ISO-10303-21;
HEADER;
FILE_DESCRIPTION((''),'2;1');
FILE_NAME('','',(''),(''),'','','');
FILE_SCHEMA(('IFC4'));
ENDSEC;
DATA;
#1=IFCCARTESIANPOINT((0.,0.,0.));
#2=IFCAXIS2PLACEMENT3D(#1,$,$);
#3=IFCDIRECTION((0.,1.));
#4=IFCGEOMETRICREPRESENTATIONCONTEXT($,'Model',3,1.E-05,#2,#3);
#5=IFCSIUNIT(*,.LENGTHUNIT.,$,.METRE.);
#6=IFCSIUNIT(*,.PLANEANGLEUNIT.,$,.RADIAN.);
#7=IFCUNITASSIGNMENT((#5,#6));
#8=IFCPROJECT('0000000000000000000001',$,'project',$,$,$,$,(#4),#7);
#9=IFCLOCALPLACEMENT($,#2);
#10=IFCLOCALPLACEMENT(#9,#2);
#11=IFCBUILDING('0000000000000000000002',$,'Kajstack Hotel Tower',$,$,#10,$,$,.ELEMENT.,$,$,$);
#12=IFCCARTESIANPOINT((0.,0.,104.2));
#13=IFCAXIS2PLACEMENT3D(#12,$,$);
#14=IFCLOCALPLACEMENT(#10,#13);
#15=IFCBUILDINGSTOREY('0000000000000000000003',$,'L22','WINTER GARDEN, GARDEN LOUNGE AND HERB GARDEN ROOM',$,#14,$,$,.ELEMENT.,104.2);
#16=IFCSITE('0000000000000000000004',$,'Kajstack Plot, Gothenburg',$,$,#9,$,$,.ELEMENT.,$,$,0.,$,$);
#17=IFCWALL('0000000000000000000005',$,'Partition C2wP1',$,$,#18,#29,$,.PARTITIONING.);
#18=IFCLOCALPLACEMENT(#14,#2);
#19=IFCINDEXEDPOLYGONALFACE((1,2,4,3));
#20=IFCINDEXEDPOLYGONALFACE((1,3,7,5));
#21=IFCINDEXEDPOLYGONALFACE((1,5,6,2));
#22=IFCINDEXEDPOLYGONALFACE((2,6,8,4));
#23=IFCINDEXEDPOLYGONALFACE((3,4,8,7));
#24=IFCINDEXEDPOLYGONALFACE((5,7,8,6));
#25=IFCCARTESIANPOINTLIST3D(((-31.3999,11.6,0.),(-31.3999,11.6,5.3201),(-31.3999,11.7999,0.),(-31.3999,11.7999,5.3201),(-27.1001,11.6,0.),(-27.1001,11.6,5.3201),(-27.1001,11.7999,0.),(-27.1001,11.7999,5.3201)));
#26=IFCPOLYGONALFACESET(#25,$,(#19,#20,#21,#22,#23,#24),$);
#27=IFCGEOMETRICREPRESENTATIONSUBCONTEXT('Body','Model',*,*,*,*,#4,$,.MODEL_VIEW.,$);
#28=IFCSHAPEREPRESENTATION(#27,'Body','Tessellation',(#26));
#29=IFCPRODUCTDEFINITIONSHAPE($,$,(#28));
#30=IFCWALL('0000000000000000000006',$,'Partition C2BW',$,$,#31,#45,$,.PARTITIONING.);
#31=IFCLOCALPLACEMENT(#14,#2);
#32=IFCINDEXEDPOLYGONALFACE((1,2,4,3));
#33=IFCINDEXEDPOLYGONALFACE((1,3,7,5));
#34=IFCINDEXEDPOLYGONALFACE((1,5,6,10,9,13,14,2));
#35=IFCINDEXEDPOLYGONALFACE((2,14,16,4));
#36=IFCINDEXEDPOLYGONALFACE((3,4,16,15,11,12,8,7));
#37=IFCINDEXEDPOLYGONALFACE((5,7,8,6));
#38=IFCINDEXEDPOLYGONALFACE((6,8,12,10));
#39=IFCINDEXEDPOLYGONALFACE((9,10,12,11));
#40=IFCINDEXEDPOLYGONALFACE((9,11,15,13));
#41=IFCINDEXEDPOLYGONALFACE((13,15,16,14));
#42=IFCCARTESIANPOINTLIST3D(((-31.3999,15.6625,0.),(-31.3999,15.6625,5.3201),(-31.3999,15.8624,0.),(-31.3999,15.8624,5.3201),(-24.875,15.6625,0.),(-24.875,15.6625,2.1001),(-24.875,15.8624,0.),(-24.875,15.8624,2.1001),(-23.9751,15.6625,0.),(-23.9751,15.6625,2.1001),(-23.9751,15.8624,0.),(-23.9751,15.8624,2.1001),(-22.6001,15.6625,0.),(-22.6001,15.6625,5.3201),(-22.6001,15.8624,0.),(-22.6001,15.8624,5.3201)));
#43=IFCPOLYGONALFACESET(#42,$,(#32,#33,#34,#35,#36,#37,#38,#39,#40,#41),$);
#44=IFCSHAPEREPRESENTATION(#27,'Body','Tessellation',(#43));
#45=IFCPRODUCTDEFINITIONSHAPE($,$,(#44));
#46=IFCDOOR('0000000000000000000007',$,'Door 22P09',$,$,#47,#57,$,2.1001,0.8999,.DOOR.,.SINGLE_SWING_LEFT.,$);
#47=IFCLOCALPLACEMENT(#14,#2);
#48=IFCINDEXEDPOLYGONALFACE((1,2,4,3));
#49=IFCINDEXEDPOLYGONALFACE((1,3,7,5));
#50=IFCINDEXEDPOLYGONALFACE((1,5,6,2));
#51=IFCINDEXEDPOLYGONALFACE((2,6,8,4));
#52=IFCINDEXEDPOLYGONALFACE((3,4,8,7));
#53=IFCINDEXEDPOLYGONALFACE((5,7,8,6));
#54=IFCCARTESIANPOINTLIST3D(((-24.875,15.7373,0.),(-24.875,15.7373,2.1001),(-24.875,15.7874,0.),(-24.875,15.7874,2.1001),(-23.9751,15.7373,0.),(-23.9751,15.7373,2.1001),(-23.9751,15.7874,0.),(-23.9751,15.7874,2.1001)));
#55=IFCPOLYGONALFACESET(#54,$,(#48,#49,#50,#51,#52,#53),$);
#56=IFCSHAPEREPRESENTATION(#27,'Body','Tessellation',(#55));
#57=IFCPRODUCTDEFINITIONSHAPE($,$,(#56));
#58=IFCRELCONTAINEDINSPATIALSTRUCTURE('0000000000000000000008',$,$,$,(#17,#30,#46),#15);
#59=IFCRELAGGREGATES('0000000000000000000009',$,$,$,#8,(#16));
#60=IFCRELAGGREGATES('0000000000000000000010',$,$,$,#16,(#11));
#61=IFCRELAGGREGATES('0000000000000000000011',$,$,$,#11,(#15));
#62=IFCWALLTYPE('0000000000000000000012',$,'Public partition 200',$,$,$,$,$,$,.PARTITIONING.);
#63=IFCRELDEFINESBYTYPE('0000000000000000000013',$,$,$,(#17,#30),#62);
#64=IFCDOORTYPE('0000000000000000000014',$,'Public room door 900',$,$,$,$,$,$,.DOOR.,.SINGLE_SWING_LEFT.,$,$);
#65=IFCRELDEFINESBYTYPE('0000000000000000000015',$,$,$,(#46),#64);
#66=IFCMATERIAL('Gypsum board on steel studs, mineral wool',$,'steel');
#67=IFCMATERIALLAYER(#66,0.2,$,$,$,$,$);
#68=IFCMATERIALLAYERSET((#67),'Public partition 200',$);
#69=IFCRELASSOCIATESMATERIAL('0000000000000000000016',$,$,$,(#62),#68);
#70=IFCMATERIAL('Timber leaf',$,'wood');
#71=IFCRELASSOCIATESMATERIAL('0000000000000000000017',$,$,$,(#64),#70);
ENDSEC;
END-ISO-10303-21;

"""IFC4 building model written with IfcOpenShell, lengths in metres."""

from ifc_helpers import new_model, si_unit, direction, frame, frame_2d, origin, place, context, subcontext, project, spatial, rectangle, extrude, material, layer, layer_set, type_object, element, fill, save


model = new_model("IFC4")

# Units and contexts
model_context = context("Model", 3, precision=1e-05, world=origin(), true_north=direction((0.0, 1.0)))
body_context = subcontext(model_context, "Body", "Model", "MODEL_VIEW")
ifc_project = project(units=[si_unit("LENGTHUNIT", "METRE"), si_unit("PLANEANGLEUNIT", "RADIAN")], contexts=[model_context])

# Site, building, storey
site_placement = place(None, origin())
site = spatial("IfcSite", under=ifc_project, at=site_placement, Name="Kajstack Plot, Gothenburg", CompositionType="ELEMENT", RefElevation=0.0)
building_placement = place(site_placement, origin())
building = spatial("IfcBuilding", under=site, at=building_placement, Name="Kajstack Hotel Tower", CompositionType="ELEMENT")
storey_placement = place(building_placement, frame((0.0, 0.0, 104.2)))
storey = spatial("IfcBuildingStorey", under=building, at=storey_placement, Name="L22", Description="WINTER GARDEN, GARDEN LOUNGE AND HERB GARDEN ROOM", CompositionType="ELEMENT", Elevation=104.2)

# Wall
ifc_material_1 = material(Name="Gypsum board on steel studs, mineral wool", Category="steel")
ifc_layer_1 = layer(ifc_material_1, 0.2)
ifc_layer_set_1 = layer_set([ifc_layer_1], Name="Public partition 200")
wall_type_1 = type_object("IfcWallType", Name="Public partition 200", PredefinedType="PARTITIONING", material=ifc_layer_set_1)
for number, where, z_axis, x_axis, name in (
    (1, (-31.3999, 11.7, 0.0), (0.0, 0.0, 1.0), (1.0, 0.0, 0.0), "Partition C2wP1"),
):
    element("IfcWall", number, at=place(storey_placement, frame(where, z_axis=z_axis, x_axis=x_axis)), inside=storey, type_object=wall_type_1, Name=name, PredefinedType="PARTITIONING", context=body_context, shape_type="SweptSolid", body=[
        extrude(rectangle(XDim=4.2998, YDim=0.2, at=frame_2d((2.1499, 0.0))), origin(), (0.0, 0.0, 1.0), 5.3201),
    ])

# Wall, opening, door
wall_1_placement = place(storey_placement, frame((-31.3999, 15.7625, 0.0), z_axis=(0.0, 0.0, 1.0), x_axis=(1.0, 0.0, 0.0)))
wall_1 = element("IfcWall", 2, at=wall_1_placement, inside=storey, type_object=wall_type_1, Name="Partition C2BW", PredefinedType="PARTITIONING", context=body_context, shape_type="SweptSolid", body=[
    extrude(rectangle(XDim=8.7998, YDim=0.2, at=frame_2d((4.3999, 0.0))), origin(), (0.0, 0.0, 1.0), 5.3201),
])
opening_1_placement = place(wall_1_placement, frame((6.5249, 0.0, 0.0)))
opening_1 = element("IfcOpeningElement", 3, at=opening_1_placement, cuts=wall_1, PredefinedType="OPENING", context=body_context, shape_type="SweptSolid", body=[
    extrude(rectangle(XDim=0.8999, YDim=2.1001, at=frame_2d((0.45, 1.05))), frame((0.0, 0.1099, 0.0), z_axis=(0.0, -1.0, 0.0), x_axis=(1.0, 0.0, 0.0)), (0.0, 0.0, 1.0), 0.22),
])
ifc_material_2 = material(Name="Timber leaf", Category="wood")
door_type_1 = type_object("IfcDoorType", Name="Public room door 900", OperationType="SINGLE_SWING_LEFT", PredefinedType="DOOR", material=ifc_material_2)
door_1_placement = place(opening_1_placement, origin())
door_1 = element("IfcDoor", 4, at=door_1_placement, inside=storey, type_object=door_type_1, Name="Door 22P09", OperationType="SINGLE_SWING_LEFT", OverallHeight=2.1001, OverallWidth=0.8999, PredefinedType="DOOR", context=body_context, shape_type="SweptSolid", body=[
    extrude(rectangle(XDim=0.8999, YDim=2.1001, at=frame_2d((0.45, 1.05))), frame((0.0, 0.0249, 0.0), z_axis=(0.0, -1.0, 0.0), x_axis=(1.0, 0.0, 0.0)), (0.0, 0.0, 1.0), 0.05),
])
fill(opening_1, door_1)

save(model, "model.ifc")
